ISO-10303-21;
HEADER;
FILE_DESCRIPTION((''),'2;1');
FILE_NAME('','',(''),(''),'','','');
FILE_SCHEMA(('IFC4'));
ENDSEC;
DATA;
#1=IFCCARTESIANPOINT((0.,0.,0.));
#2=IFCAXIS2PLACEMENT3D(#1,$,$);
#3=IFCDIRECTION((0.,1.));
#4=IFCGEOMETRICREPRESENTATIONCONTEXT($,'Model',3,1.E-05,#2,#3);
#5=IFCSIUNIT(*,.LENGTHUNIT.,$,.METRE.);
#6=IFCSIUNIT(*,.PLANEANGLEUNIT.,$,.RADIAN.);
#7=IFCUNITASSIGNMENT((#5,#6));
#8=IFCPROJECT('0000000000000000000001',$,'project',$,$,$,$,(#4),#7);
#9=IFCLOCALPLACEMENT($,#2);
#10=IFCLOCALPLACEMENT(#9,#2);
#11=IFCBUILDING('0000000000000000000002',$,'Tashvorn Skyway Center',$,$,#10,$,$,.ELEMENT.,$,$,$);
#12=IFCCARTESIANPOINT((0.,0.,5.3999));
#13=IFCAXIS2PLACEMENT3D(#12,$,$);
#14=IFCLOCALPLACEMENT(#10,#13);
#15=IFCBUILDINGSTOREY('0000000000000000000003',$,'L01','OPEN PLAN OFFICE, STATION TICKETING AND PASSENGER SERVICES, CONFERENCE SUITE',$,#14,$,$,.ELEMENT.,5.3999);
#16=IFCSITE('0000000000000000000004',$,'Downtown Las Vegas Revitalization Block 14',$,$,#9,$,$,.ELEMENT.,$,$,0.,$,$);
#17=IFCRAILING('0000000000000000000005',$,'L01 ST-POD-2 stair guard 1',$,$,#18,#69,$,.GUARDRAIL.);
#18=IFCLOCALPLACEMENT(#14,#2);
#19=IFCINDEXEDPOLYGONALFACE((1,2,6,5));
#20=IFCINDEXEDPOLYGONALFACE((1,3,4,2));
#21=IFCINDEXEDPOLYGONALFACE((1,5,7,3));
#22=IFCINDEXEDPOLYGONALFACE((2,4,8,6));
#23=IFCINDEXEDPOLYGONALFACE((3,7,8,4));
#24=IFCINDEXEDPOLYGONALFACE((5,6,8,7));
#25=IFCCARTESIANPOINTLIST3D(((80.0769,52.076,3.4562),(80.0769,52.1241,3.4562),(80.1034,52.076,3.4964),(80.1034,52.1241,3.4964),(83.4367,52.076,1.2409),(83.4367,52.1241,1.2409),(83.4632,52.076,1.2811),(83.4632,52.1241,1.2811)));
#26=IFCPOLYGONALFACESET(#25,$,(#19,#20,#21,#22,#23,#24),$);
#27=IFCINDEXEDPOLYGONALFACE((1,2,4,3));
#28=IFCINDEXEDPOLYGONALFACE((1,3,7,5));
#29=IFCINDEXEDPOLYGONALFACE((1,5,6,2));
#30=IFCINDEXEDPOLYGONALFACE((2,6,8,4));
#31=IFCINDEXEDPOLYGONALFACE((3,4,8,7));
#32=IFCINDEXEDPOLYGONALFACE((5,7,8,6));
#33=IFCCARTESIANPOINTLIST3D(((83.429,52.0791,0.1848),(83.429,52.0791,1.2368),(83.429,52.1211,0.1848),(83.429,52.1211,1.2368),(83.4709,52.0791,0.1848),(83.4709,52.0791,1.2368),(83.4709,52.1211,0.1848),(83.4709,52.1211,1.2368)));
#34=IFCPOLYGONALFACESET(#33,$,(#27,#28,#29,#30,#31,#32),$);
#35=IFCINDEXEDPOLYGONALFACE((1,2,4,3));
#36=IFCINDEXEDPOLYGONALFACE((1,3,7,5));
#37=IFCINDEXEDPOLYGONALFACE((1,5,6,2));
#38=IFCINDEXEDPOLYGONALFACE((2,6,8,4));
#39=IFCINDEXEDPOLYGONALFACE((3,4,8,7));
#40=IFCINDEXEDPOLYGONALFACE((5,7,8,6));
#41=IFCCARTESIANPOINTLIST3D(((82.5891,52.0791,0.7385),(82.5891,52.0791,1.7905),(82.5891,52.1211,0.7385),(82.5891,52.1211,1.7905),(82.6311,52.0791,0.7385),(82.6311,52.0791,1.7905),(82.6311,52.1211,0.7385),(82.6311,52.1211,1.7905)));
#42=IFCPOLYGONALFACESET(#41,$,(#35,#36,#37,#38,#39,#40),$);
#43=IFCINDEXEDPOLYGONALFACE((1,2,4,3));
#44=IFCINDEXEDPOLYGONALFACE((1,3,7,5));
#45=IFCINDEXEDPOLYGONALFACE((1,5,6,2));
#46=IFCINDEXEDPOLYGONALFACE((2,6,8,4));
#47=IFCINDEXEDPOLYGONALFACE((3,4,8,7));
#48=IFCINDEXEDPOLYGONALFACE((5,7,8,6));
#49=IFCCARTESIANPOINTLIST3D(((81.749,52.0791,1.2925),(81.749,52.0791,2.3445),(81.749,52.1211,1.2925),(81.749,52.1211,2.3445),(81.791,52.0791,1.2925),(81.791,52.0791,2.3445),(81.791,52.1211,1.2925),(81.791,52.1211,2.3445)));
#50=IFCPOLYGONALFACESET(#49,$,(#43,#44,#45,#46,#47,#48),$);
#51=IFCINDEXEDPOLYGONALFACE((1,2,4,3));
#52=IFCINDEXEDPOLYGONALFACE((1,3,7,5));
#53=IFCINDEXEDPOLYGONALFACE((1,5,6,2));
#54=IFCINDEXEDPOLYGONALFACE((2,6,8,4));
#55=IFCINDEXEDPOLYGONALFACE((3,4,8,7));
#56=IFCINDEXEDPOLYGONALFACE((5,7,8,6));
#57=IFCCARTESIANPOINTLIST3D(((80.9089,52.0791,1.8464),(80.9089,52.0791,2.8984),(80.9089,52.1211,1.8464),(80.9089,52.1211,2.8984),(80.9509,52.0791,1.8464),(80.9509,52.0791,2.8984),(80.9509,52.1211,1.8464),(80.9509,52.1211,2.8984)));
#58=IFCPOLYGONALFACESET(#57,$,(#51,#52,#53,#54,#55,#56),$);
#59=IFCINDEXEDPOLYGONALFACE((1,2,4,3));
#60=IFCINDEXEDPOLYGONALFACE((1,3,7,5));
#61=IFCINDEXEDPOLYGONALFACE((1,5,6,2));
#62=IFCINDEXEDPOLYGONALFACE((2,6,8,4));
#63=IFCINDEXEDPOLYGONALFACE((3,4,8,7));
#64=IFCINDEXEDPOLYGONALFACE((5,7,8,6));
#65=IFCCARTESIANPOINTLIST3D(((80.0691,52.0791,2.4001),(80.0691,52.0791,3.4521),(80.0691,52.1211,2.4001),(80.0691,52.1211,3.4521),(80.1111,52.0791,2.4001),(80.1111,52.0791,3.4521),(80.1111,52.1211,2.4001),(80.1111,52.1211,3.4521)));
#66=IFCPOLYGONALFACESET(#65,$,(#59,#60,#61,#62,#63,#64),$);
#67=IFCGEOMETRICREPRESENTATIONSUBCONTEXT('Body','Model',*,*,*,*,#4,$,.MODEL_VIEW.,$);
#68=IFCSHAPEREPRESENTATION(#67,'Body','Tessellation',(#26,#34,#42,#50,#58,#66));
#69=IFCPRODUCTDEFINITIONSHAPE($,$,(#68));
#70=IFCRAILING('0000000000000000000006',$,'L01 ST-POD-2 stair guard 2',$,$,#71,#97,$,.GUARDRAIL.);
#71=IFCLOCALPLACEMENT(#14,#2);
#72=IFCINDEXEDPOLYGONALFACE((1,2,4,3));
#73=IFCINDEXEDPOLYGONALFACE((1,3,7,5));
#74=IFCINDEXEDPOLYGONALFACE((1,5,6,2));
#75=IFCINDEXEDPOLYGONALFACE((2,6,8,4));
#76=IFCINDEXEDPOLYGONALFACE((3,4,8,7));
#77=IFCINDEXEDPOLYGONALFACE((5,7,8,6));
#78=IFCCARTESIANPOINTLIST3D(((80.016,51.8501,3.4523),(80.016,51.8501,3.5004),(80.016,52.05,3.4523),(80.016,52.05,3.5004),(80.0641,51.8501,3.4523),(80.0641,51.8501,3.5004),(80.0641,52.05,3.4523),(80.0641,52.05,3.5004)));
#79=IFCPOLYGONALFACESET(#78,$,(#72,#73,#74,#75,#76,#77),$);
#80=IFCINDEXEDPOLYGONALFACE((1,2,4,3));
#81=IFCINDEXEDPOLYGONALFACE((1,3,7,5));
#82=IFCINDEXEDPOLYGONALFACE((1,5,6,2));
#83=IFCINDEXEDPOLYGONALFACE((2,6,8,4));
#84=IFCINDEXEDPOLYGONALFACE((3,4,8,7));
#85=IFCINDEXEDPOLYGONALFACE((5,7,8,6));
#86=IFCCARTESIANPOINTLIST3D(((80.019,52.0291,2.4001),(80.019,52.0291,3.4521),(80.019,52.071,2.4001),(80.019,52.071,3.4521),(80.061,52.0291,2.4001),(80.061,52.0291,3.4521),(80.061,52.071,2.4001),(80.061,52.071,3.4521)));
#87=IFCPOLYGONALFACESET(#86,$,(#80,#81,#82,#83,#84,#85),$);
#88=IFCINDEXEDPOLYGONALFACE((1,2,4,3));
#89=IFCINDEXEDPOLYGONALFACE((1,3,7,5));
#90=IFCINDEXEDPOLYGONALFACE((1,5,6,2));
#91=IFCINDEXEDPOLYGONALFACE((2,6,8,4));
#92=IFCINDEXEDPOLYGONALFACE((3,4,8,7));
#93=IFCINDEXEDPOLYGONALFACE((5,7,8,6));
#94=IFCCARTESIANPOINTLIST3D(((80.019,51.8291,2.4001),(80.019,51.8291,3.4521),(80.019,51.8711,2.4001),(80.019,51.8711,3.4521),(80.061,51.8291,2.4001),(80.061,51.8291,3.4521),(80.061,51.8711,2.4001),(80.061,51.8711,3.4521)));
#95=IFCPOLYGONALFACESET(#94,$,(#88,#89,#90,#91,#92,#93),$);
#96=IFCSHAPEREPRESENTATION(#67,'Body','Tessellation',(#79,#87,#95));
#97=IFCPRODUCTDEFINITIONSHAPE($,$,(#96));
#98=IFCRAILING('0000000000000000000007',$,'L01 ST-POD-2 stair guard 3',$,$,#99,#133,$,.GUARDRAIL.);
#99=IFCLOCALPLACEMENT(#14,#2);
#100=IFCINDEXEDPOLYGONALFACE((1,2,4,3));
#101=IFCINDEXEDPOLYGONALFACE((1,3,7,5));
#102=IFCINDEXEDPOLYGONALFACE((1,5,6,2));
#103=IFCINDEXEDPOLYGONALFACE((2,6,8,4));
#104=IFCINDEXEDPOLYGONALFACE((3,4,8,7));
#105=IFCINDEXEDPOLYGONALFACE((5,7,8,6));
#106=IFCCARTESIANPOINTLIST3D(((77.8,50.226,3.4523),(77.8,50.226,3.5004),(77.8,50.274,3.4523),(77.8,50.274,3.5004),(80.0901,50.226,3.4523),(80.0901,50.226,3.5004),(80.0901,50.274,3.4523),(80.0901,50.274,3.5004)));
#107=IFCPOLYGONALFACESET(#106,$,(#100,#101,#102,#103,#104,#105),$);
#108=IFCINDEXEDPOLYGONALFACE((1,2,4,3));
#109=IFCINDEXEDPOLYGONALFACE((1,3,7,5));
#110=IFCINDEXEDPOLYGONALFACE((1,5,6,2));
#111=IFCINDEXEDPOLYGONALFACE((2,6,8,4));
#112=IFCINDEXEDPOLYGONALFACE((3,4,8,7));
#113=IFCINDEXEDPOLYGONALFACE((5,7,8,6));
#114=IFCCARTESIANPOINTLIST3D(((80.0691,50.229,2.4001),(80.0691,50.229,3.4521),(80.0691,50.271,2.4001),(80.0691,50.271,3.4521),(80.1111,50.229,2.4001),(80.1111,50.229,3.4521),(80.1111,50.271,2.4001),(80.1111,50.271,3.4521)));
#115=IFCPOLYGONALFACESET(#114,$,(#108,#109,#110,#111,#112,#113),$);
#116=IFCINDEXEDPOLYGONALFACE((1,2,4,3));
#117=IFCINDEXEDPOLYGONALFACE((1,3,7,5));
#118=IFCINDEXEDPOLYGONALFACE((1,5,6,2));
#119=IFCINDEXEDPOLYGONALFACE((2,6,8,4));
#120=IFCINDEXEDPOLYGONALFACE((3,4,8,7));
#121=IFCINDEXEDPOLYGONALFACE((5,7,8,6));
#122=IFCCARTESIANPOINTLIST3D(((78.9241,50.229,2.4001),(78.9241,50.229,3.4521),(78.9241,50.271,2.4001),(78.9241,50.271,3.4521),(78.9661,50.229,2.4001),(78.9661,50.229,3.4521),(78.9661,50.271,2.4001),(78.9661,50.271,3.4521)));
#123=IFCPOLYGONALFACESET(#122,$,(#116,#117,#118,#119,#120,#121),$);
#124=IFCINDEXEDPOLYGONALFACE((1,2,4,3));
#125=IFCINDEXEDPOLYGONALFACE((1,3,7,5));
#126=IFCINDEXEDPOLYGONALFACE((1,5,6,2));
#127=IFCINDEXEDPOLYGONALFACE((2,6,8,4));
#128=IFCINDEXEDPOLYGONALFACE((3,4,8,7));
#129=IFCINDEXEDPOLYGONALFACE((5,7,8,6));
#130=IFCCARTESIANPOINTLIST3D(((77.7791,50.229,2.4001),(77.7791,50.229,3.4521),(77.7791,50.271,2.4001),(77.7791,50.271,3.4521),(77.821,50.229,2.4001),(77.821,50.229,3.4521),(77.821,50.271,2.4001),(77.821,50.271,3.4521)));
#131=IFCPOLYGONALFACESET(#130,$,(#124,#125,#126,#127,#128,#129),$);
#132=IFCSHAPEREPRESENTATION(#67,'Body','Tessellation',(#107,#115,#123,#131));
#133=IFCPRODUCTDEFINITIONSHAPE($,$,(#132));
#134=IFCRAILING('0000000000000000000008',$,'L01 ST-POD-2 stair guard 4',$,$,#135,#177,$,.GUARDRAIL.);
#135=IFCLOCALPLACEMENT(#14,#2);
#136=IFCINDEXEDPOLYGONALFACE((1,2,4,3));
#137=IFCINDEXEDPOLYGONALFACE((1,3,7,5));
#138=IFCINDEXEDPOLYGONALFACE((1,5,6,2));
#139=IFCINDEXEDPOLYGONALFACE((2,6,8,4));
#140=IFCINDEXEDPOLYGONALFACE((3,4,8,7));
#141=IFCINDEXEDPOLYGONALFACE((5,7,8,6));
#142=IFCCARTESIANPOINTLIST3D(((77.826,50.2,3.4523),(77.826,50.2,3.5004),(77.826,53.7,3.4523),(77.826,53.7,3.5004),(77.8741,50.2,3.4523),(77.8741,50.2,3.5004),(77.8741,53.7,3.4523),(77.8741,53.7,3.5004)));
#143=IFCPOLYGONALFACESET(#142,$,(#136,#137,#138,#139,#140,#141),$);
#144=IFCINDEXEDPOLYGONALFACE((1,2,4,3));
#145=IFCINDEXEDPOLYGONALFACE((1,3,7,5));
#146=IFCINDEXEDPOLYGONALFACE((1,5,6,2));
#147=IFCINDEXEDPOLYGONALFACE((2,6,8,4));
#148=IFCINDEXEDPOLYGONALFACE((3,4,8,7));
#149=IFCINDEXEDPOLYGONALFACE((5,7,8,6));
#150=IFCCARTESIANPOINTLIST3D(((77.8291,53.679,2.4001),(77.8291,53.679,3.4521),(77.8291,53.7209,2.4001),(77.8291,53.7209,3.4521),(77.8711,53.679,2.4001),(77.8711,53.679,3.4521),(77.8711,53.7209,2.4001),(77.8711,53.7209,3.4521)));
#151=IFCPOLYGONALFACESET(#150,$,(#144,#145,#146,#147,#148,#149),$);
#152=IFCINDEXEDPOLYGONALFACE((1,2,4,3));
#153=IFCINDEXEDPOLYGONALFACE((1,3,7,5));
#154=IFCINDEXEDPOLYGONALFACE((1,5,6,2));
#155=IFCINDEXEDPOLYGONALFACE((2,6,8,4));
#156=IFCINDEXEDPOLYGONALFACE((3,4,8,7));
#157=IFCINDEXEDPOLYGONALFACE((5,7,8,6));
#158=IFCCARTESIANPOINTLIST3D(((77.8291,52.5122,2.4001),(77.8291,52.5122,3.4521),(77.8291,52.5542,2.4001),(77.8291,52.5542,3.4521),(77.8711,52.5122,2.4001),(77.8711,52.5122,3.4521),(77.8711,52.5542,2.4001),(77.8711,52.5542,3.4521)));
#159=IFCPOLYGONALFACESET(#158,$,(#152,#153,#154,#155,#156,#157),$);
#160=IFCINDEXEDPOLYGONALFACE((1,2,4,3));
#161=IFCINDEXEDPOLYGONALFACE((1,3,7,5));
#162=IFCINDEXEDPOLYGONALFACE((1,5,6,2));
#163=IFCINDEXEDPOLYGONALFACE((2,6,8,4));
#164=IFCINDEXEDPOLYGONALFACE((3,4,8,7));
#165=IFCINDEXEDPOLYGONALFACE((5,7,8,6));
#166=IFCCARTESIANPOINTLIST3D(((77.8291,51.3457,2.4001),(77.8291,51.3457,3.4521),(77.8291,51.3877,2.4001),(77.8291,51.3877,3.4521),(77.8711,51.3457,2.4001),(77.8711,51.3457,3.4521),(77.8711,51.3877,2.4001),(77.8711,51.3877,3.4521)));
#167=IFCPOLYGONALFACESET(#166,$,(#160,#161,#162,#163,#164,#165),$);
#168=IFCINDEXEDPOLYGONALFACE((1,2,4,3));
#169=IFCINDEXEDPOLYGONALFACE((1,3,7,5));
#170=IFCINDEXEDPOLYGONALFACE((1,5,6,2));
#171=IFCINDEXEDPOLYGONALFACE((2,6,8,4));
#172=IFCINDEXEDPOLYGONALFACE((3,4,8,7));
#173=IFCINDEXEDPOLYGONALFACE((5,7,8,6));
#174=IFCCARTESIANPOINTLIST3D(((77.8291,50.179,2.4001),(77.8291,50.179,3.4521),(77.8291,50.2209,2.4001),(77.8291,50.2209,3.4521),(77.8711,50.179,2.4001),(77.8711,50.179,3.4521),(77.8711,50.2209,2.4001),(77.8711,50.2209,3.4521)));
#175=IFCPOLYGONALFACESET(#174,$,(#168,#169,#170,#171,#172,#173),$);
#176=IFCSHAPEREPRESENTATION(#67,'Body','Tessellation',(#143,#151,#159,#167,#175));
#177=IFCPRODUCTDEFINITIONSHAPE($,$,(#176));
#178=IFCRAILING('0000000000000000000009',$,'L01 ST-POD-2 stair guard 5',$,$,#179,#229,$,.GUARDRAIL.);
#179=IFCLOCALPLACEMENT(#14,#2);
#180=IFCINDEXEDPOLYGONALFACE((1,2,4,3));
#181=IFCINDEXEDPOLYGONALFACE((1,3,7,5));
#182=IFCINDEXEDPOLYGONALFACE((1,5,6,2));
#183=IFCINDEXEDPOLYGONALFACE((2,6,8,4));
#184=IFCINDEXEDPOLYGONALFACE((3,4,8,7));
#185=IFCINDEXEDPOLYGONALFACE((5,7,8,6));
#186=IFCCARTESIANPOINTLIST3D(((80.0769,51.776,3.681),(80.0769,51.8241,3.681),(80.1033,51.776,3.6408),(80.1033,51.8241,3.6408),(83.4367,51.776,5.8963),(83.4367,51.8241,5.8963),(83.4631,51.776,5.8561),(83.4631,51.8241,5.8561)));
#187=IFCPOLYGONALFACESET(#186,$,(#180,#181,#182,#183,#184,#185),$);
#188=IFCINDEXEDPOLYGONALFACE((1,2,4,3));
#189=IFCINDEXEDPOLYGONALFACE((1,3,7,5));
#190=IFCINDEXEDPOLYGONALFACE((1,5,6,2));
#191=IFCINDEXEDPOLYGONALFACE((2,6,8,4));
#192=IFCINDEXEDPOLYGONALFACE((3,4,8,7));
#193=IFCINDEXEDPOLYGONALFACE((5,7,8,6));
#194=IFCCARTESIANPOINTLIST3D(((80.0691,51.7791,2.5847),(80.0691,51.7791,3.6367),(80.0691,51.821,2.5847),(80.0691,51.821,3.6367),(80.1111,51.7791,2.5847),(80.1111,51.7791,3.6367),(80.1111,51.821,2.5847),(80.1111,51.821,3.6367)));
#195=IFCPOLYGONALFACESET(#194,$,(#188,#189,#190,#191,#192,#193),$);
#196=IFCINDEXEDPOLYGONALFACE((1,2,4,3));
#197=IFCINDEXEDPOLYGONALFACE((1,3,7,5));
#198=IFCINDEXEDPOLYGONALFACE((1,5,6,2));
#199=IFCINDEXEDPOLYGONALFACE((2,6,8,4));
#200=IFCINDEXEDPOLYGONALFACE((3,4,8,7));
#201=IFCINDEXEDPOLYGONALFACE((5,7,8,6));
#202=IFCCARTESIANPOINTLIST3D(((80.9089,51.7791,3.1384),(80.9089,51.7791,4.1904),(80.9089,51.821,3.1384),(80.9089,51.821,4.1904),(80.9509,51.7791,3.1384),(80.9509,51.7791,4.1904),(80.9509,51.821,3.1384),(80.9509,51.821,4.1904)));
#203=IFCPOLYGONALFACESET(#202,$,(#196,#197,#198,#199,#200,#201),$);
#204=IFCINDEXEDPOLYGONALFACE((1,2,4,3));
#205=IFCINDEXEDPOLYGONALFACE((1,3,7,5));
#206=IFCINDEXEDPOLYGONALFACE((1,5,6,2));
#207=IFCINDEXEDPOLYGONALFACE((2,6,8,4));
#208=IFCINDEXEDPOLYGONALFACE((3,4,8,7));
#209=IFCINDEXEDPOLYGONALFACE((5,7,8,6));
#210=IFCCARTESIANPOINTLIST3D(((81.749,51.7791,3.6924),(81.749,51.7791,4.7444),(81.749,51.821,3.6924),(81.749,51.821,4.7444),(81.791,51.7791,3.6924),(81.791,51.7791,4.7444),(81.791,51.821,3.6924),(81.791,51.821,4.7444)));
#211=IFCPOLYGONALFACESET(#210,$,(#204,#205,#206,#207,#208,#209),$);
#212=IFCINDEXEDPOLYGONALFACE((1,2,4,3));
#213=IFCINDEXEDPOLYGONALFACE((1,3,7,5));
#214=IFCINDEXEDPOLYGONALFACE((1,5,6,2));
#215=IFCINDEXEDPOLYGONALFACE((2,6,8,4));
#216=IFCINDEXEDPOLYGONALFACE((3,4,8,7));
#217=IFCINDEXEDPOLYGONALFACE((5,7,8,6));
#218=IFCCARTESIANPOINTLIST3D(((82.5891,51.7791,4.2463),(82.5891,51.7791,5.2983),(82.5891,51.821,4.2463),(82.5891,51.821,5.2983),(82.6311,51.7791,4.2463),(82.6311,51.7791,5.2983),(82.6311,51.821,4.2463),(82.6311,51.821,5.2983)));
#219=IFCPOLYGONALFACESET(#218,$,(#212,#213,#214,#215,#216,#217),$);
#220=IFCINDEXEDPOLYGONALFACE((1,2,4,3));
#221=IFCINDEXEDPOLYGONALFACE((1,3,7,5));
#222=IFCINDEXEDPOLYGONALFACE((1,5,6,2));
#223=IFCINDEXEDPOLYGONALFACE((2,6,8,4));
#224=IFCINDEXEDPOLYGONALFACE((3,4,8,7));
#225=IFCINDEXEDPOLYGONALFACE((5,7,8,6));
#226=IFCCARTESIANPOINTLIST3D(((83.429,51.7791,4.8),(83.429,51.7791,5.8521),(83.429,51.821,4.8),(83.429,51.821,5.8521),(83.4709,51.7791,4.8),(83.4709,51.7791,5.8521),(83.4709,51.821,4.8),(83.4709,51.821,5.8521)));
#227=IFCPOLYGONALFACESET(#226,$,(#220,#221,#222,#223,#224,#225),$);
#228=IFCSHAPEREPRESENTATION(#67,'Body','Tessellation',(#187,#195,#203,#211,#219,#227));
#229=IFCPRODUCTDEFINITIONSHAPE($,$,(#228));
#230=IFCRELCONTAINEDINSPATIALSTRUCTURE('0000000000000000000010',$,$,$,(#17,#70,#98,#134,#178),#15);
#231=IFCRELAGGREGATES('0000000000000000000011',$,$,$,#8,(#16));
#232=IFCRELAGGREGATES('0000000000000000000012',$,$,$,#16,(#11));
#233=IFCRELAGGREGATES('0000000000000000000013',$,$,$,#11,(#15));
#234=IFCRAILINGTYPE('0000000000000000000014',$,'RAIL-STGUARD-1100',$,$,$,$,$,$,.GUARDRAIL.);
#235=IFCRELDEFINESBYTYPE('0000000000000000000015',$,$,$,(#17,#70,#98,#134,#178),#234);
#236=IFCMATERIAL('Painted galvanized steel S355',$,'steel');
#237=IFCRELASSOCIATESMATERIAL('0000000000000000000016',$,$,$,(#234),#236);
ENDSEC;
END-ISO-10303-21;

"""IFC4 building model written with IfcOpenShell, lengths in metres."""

from ifc_helpers import new_model, si_unit, direction, frame, origin, origin_2d, place, context, subcontext, project, spatial, rectangle, extrude, material, type_object, element, save


model = new_model("IFC4")

# Units and contexts
model_context = context("Model", 3, precision=1e-05, world=origin(), true_north=direction((0.0, 1.0)))
body_context = subcontext(model_context, "Body", "Model", "MODEL_VIEW")
ifc_project = project(units=[si_unit("LENGTHUNIT", "METRE"), si_unit("PLANEANGLEUNIT", "RADIAN")], contexts=[model_context])

# Site, building, storey
site_placement = place(None, origin())
site = spatial("IfcSite", under=ifc_project, at=site_placement, Name="Downtown Las Vegas Revitalization Block 14", CompositionType="ELEMENT", RefElevation=0.0)
building_placement = place(site_placement, origin())
building = spatial("IfcBuilding", under=site, at=building_placement, Name="Tashvorn Skyway Center", CompositionType="ELEMENT")
storey_placement = place(building_placement, frame((0.0, 0.0, 5.3999)))
storey = spatial("IfcBuildingStorey", under=building, at=storey_placement, Name="L01", Description="OPEN PLAN OFFICE, STATION TICKETING AND PASSENGER SERVICES, CONFERENCE SUITE", CompositionType="ELEMENT", Elevation=5.3999)

# Railings
ifc_material_1 = material(Name="Painted galvanized steel S355", Category="steel")
railing_type_1 = type_object("IfcRailingType", Name="RAIL-STGUARD-1100", PredefinedType="GUARDRAIL", material=ifc_material_1)
railing_1_placement = place(storey_placement, frame((83.45, 52.1001, 0.1848)))
element("IfcRailing", 1, at=railing_1_placement, inside=storey, type_object=railing_type_1, Name="L01 ST-POD-2 stair guard 1", PredefinedType="GUARDRAIL", context=body_context, shape_type="SweptSolid", body=[
    extrude(rectangle(XDim=0.0481, YDim=0.0481, at=origin_2d()), frame((0.0, 0.0, 1.0762), z_axis=(-0.834858, 0.0, 0.550465), x_axis=(0.0, -1.0, 0.0)), (0.0, 0.0, 1.0), 4.0244),
    extrude(rectangle(XDim=0.042, YDim=0.042, at=origin_2d()), origin(), (0.0, 0.0, 1.0), 1.052),
    extrude(rectangle(XDim=0.042, YDim=0.042, at=origin_2d()), frame((-0.8398, 0.0, 0.5537)), (0.0, 0.0, 1.0), 1.052),
    extrude(rectangle(XDim=0.042, YDim=0.042, at=origin_2d()), frame((-1.6799, 0.0, 1.1077)), (0.0, 0.0, 1.0), 1.052),
    extrude(rectangle(XDim=0.042, YDim=0.042, at=origin_2d()), frame((-2.52, 0.0, 1.6616)), (0.0, 0.0, 1.0), 1.052),
    extrude(rectangle(XDim=0.042, YDim=0.042, at=origin_2d()), frame((-3.3599, 0.0, 2.2153)), (0.0, 0.0, 1.0), 1.052),
])
railing_2_placement = place(storey_placement, frame((80.04, 52.05, 2.4001)))
element("IfcRailing", 2, at=railing_2_placement, inside=storey, type_object=railing_type_1, Name="L01 ST-POD-2 stair guard 2", PredefinedType="GUARDRAIL", context=body_context, shape_type="SweptSolid", body=[
    extrude(rectangle(XDim=0.0481, YDim=0.0481, at=origin_2d()), frame((0.0, 0.0, 1.0762), z_axis=(0.0, -1.0, 0.0), x_axis=(1.0, 0.0, 0.0)), (0.0, 0.0, 1.0), 0.2),
    extrude(rectangle(XDim=0.042, YDim=0.042, at=origin_2d()), origin(), (0.0, 0.0, 1.0), 1.052),
    extrude(rectangle(XDim=0.042, YDim=0.042, at=origin_2d()), frame((0.0, -0.2, 0.0)), (0.0, 0.0, 1.0), 1.052),
])
railing_3_placement = place(storey_placement, frame((80.0901, 50.25, 2.4001)))
element("IfcRailing", 3, at=railing_3_placement, inside=storey, type_object=railing_type_1, Name="L01 ST-POD-2 stair guard 3", PredefinedType="GUARDRAIL", context=body_context, shape_type="SweptSolid", body=[
    extrude(rectangle(XDim=0.0481, YDim=0.0481, at=origin_2d()), frame((0.0, 0.0, 1.0762), z_axis=(-1.0, 0.0, 0.0), x_axis=(0.0, -1.0, 0.0)), (0.0, 0.0, 1.0), 2.29),
    extrude(rectangle(XDim=0.042, YDim=0.042, at=origin_2d()), origin(), (0.0, 0.0, 1.0), 1.052),
    extrude(rectangle(XDim=0.042, YDim=0.042, at=origin_2d()), frame((-1.145, 0.0, 0.0)), (0.0, 0.0, 1.0), 1.052),
    extrude(rectangle(XDim=0.042, YDim=0.042, at=origin_2d()), frame((-2.29, 0.0, 0.0)), (0.0, 0.0, 1.0), 1.052),
])
railing_4_placement = place(storey_placement, frame((77.8501, 53.7, 2.4001)))
element("IfcRailing", 4, at=railing_4_placement, inside=storey, type_object=railing_type_1, Name="L01 ST-POD-2 stair guard 4", PredefinedType="GUARDRAIL", context=body_context, shape_type="SweptSolid", body=[
    extrude(rectangle(XDim=0.0481, YDim=0.0481, at=origin_2d()), frame((0.0, 0.0, 1.0762), z_axis=(0.0, -1.0, 0.0), x_axis=(1.0, 0.0, 0.0)), (0.0, 0.0, 1.0), 3.5),
    extrude(rectangle(XDim=0.042, YDim=0.042, at=origin_2d()), origin(), (0.0, 0.0, 1.0), 1.052),
    extrude(rectangle(XDim=0.042, YDim=0.042, at=origin_2d()), frame((0.0, -1.1667, 0.0)), (0.0, 0.0, 1.0), 1.052),
    extrude(rectangle(XDim=0.042, YDim=0.042, at=origin_2d()), frame((0.0, -2.3333, 0.0)), (0.0, 0.0, 1.0), 1.052),
    extrude(rectangle(XDim=0.042, YDim=0.042, at=origin_2d()), frame((0.0, -3.5, 0.0)), (0.0, 0.0, 1.0), 1.052),
])
railing_5_placement = place(storey_placement, frame((80.0901, 51.8, 2.5847)))
element("IfcRailing", 5, at=railing_5_placement, inside=storey, type_object=railing_type_1, Name="L01 ST-POD-2 stair guard 5", PredefinedType="GUARDRAIL", context=body_context, shape_type="SweptSolid", body=[
    extrude(rectangle(XDim=0.0481, YDim=0.0481, at=origin_2d()), frame((0.0, 0.0, 1.0762), z_axis=(0.834858, 0.0, 0.550465), x_axis=(0.0, 1.0, 0.0)), (0.0, 0.0, 1.0), 4.0244),
    extrude(rectangle(XDim=0.042, YDim=0.042, at=origin_2d()), origin(), (0.0, 0.0, 1.0), 1.052),
    extrude(rectangle(XDim=0.042, YDim=0.042, at=origin_2d()), frame((0.8398, 0.0, 0.5537)), (0.0, 0.0, 1.0), 1.052),
    extrude(rectangle(XDim=0.042, YDim=0.042, at=origin_2d()), frame((1.6799, 0.0, 1.1077)), (0.0, 0.0, 1.0), 1.052),
    extrude(rectangle(XDim=0.042, YDim=0.042, at=origin_2d()), frame((2.52, 0.0, 1.6616)), (0.0, 0.0, 1.0), 1.052),
    extrude(rectangle(XDim=0.042, YDim=0.042, at=origin_2d()), frame((3.3599, 0.0, 2.2153)), (0.0, 0.0, 1.0), 1.052),
])

save(model, "model.ifc")
